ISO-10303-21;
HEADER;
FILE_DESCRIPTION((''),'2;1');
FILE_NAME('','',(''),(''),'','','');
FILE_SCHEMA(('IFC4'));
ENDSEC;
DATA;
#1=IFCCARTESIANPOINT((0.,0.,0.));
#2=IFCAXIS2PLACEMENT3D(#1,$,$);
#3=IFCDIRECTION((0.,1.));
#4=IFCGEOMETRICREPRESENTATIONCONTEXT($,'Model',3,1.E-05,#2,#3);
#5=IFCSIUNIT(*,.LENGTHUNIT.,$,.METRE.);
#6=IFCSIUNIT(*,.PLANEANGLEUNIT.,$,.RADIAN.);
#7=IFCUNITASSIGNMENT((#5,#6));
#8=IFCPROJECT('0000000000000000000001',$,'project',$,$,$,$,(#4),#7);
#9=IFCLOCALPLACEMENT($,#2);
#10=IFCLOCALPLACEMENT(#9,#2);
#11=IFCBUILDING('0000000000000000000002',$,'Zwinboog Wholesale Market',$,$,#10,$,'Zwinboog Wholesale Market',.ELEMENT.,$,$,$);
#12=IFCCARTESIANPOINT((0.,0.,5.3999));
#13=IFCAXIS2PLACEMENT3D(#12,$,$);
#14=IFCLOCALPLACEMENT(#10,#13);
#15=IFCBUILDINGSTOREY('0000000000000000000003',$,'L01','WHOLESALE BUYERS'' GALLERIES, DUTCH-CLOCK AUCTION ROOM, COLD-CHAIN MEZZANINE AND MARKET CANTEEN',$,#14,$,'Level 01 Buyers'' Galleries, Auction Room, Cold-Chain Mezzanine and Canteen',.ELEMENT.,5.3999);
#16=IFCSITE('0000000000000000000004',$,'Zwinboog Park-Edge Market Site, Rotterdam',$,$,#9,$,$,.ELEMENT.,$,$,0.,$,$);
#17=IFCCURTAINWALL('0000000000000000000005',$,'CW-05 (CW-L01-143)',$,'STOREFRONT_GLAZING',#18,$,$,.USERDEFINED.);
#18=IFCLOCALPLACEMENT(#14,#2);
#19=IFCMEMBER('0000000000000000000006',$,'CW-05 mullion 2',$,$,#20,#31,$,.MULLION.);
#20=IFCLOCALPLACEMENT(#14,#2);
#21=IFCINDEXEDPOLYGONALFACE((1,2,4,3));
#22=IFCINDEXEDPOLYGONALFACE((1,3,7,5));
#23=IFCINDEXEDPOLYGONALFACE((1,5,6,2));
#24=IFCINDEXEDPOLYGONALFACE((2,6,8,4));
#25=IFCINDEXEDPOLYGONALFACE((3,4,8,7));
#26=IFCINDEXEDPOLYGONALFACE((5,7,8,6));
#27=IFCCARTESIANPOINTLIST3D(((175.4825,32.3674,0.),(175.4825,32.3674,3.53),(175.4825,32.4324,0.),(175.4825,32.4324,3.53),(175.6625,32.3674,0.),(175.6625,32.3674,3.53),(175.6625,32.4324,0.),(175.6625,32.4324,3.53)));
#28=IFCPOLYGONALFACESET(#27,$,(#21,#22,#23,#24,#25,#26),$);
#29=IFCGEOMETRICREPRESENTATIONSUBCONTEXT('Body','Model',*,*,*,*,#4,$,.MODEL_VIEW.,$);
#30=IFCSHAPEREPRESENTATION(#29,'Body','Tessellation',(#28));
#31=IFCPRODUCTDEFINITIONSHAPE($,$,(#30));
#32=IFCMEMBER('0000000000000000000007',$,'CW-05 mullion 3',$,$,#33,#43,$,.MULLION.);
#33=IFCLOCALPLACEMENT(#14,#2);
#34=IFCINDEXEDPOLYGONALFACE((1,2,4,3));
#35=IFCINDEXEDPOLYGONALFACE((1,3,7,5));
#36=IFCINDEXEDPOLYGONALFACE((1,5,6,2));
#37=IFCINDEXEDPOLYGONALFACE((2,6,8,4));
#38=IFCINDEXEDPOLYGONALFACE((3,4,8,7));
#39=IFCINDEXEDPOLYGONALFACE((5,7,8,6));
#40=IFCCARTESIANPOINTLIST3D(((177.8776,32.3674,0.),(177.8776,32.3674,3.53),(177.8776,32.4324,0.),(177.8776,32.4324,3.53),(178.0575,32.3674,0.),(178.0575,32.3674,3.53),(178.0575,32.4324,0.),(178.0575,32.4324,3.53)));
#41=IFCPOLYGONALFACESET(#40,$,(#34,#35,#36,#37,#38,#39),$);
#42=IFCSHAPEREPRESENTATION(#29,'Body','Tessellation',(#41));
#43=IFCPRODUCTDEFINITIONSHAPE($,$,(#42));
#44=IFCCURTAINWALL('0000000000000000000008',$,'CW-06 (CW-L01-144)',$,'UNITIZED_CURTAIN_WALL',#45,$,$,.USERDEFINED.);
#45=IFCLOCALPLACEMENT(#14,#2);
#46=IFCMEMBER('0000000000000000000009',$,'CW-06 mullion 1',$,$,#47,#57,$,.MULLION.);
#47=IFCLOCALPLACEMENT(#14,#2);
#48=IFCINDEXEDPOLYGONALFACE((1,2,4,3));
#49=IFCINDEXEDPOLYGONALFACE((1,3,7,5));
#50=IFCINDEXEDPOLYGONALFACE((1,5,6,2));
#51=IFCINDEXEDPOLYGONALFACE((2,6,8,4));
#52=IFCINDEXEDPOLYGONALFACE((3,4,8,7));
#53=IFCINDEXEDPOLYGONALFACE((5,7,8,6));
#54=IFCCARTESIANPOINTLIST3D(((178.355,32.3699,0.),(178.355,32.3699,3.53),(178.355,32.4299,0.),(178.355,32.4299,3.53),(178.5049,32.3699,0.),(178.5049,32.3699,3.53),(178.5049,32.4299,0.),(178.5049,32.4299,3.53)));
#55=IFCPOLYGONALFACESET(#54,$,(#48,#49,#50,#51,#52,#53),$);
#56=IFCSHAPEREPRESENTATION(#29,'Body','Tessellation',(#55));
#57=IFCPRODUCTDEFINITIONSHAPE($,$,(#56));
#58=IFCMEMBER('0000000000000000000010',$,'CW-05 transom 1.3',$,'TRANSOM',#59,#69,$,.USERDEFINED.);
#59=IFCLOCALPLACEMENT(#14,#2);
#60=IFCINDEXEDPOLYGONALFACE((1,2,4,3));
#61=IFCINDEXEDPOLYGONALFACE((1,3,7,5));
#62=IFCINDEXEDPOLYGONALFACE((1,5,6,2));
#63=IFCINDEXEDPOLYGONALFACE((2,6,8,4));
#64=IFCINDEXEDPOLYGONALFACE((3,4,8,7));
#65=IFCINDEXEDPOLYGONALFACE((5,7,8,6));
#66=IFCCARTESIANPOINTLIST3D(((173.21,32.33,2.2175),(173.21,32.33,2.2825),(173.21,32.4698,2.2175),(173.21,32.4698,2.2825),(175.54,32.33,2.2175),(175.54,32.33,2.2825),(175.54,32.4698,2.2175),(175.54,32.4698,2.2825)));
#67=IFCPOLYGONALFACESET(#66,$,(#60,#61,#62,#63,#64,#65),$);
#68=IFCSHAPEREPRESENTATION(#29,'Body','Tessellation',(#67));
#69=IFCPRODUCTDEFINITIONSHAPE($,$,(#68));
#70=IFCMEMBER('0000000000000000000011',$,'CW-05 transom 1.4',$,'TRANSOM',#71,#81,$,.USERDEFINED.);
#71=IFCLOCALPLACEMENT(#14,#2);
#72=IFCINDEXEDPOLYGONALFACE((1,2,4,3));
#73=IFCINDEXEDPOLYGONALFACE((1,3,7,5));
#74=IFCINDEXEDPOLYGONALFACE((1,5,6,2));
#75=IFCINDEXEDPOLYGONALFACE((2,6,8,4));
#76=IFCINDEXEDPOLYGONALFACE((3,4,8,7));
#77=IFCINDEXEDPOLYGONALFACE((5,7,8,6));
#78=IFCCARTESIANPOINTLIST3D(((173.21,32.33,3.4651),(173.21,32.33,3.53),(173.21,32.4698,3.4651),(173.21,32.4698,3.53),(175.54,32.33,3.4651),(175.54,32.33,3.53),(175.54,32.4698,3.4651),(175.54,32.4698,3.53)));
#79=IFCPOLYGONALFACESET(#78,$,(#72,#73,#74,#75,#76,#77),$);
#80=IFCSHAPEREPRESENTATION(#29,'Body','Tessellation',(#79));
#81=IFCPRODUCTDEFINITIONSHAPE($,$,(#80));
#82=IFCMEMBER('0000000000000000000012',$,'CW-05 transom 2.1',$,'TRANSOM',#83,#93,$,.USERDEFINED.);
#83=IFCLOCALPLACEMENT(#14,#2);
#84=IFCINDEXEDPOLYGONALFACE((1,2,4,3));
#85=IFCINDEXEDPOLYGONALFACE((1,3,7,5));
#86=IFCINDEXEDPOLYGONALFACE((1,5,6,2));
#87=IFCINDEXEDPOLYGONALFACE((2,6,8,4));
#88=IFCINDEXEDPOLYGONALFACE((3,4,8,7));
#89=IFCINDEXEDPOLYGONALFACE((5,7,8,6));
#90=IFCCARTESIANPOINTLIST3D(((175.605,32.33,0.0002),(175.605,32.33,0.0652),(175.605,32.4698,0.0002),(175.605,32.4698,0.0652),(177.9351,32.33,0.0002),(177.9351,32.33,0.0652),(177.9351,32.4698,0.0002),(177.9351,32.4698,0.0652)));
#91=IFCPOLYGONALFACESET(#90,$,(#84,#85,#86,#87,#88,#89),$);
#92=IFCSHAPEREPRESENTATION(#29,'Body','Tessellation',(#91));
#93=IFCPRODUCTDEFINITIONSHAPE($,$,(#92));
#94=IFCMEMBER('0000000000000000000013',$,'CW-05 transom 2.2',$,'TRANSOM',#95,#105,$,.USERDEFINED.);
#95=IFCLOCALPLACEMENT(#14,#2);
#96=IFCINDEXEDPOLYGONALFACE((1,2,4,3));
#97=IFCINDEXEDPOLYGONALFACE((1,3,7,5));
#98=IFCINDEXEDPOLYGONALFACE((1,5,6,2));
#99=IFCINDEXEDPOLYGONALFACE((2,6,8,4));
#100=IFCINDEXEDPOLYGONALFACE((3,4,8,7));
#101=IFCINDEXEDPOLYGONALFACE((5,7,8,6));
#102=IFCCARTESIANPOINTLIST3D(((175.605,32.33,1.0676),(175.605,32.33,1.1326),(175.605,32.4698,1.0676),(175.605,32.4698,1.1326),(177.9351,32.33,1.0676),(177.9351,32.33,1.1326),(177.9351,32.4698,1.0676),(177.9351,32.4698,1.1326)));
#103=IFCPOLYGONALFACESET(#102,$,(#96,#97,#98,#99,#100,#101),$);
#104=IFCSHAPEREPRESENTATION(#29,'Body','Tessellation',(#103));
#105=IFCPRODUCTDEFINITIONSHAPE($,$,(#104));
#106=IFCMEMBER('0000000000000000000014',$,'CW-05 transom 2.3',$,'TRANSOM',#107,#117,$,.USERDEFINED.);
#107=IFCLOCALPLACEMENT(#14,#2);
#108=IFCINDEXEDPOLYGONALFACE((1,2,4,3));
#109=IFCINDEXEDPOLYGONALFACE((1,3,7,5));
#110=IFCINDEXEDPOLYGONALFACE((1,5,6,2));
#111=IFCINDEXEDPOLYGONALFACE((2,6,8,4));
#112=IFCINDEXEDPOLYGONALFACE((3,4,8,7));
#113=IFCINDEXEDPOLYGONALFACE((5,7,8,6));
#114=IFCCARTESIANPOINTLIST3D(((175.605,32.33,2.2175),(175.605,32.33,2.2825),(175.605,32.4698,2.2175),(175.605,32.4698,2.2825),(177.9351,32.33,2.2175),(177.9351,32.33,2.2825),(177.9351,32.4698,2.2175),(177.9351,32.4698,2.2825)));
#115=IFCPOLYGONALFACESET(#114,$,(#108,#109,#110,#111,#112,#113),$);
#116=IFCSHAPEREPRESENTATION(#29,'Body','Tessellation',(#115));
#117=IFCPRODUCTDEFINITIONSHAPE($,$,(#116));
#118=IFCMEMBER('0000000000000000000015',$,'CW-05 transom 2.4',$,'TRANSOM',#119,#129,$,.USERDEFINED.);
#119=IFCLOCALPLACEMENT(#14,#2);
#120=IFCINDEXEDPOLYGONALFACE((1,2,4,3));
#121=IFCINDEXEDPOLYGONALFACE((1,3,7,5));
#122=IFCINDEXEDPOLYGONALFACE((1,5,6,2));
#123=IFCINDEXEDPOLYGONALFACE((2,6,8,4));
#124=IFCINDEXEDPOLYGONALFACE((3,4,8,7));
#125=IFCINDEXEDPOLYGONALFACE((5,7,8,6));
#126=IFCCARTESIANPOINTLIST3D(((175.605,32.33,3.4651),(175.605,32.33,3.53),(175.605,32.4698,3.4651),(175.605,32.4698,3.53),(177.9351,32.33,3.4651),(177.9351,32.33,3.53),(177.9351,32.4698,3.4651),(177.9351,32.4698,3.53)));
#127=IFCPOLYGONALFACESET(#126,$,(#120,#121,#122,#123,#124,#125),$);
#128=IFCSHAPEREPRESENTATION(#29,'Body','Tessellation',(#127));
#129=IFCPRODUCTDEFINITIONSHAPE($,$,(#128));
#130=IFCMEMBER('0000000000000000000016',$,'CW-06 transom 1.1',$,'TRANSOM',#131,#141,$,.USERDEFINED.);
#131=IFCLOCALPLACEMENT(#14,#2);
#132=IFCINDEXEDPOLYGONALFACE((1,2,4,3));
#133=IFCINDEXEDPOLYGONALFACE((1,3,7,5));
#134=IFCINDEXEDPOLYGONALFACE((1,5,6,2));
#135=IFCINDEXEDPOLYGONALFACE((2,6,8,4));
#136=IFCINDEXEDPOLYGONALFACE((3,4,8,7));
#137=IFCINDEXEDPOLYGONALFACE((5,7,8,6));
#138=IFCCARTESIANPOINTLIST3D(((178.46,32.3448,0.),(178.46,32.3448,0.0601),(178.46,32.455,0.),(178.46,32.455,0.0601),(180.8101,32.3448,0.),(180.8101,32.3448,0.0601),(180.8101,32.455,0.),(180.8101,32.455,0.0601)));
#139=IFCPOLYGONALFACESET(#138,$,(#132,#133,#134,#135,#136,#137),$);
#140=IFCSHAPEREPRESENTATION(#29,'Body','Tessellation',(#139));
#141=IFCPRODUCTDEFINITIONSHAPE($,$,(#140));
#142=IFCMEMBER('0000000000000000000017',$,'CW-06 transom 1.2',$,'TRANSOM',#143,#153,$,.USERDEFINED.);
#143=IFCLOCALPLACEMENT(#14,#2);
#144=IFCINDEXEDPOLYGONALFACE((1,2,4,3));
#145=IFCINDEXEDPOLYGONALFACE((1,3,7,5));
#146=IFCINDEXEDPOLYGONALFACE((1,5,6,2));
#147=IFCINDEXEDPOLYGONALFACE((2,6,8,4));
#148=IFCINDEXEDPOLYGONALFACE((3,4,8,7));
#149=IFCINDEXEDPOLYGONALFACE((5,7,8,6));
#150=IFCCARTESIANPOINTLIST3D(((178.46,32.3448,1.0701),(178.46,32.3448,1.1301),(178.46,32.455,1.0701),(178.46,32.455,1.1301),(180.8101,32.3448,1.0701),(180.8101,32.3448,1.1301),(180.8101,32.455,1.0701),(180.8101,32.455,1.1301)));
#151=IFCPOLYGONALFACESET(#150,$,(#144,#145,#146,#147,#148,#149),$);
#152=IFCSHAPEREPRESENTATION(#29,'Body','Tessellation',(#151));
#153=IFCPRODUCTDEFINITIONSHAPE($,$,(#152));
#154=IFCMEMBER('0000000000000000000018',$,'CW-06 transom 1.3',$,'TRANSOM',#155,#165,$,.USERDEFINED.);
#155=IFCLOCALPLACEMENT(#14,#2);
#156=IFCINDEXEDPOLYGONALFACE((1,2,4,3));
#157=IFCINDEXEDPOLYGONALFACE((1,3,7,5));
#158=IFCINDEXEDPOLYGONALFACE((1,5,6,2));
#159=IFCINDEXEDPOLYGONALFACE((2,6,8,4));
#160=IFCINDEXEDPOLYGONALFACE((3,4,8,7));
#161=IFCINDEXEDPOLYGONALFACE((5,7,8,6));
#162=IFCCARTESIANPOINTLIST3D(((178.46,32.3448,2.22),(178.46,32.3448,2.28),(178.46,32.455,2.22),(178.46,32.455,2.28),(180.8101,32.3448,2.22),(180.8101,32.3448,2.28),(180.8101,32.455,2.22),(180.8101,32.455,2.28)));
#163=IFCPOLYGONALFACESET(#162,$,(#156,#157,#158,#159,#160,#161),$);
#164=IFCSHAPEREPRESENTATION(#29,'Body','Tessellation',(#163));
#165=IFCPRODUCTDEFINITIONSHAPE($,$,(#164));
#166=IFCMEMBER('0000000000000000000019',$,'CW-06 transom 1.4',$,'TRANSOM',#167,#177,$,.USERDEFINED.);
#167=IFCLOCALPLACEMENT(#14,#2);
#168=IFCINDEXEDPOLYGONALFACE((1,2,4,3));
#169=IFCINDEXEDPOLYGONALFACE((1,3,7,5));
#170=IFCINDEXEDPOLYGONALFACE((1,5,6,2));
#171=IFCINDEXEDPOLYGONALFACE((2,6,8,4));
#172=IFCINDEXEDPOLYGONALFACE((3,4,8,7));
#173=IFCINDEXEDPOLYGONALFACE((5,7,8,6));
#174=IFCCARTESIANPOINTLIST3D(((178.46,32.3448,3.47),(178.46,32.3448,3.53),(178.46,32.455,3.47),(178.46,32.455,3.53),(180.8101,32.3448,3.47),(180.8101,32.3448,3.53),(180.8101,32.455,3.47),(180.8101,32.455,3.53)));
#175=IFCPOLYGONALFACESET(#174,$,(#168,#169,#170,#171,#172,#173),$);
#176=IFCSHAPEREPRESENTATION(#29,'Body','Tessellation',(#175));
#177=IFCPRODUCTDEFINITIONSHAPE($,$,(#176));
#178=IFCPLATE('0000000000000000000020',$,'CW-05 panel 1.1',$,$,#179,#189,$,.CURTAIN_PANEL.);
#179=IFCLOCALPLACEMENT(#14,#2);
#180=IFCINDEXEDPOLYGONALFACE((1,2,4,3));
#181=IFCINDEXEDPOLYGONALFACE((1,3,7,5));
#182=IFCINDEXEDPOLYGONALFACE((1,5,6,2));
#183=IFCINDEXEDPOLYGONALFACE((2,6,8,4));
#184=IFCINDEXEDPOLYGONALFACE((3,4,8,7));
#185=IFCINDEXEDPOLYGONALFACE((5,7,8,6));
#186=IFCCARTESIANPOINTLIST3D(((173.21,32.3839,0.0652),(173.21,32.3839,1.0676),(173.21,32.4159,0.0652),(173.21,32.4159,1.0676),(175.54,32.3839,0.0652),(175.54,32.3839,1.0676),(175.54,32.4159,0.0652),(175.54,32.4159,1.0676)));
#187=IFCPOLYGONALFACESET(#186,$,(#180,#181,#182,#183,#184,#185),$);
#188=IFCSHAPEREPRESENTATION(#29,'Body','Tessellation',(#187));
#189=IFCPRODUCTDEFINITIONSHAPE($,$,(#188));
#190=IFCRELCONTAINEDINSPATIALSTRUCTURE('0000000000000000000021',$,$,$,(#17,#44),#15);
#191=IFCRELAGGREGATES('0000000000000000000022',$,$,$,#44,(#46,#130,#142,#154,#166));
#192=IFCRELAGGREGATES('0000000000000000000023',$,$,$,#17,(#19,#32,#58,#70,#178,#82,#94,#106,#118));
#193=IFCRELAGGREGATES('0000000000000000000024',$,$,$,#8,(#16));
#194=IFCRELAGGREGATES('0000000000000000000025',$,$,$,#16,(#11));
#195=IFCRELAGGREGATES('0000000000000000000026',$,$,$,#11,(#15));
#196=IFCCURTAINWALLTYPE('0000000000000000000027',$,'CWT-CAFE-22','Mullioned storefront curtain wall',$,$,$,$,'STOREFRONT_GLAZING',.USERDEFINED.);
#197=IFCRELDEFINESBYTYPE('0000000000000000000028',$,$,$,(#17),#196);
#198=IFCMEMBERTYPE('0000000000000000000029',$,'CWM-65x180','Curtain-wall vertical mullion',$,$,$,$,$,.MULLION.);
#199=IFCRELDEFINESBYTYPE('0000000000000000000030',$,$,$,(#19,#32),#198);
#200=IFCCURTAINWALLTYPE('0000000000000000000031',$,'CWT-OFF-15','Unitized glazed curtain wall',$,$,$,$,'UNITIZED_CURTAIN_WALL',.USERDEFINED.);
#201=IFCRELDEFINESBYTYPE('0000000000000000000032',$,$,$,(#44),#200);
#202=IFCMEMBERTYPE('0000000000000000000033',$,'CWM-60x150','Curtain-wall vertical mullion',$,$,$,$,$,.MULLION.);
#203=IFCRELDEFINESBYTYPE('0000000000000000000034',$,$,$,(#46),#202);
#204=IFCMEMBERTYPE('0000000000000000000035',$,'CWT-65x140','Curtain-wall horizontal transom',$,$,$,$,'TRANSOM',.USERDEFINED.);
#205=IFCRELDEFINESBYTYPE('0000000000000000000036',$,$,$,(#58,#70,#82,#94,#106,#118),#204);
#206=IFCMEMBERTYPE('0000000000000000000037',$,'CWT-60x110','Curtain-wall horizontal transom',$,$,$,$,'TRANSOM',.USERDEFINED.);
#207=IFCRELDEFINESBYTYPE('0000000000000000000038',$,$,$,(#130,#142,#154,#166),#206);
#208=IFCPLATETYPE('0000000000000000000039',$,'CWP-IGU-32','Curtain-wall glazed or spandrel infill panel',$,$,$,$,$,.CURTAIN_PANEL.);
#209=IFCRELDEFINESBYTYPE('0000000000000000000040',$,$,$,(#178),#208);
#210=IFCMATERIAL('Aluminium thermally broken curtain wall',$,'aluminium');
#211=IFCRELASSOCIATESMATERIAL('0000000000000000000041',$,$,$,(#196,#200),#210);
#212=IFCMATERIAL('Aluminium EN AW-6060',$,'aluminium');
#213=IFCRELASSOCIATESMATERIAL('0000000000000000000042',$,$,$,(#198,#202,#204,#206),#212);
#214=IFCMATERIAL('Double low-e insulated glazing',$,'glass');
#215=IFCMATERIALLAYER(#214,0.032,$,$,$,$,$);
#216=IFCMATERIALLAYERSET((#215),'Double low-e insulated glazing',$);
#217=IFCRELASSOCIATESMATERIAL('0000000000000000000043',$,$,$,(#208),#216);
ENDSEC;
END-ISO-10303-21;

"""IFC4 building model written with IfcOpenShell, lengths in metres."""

from ifc_helpers import new_model, si_unit, direction, frame, origin, origin_2d, place, context, subcontext, project, spatial, rectangle, extrude, material, layer, layer_set, material_profile, profile_set, type_object, element, aggregate, save


model = new_model("IFC4")

# Units and contexts
model_context = context("Model", 3, precision=1e-05, world=origin(), true_north=direction((0.0, 1.0)))
body_context = subcontext(model_context, "Body", "Model", "MODEL_VIEW")
ifc_project = project(units=[si_unit("LENGTHUNIT", "METRE"), si_unit("PLANEANGLEUNIT", "RADIAN")], contexts=[model_context])

# Site, building, storey
site_placement = place(None, origin())
site = spatial("IfcSite", under=ifc_project, at=site_placement, Name="Zwinboog Park-Edge Market Site, Rotterdam", CompositionType="ELEMENT", RefElevation=0.0)
building_placement = place(site_placement, origin())
building = spatial("IfcBuilding", under=site, at=building_placement, Name="Zwinboog Wholesale Market", LongName="Zwinboog Wholesale Market", CompositionType="ELEMENT")
storey_placement = place(building_placement, frame((0.0, 0.0, 5.3999)))
storey = spatial("IfcBuildingStorey", under=building, at=storey_placement, Name="L01", Description="WHOLESALE BUYERS' GALLERIES, DUTCH-CLOCK AUCTION ROOM, COLD-CHAIN MEZZANINE AND MARKET CANTEEN", LongName="Level 01 Buyers' Galleries, Auction Room, Cold-Chain Mezzanine and Canteen", CompositionType="ELEMENT", Elevation=5.3999)

# Curtain wall, members
ifc_material_1 = material(Name="Aluminium thermally broken curtain wall", Category="aluminium")
curtain_wall_type_1 = type_object("IfcCurtainWallType", Name="CWT-CAFE-22", Description="Mullioned storefront curtain wall", ElementType="STOREFRONT_GLAZING", PredefinedType="USERDEFINED", material=ifc_material_1)
curtain_wall_1_placement = place(storey_placement, origin())
curtain_wall_1 = element("IfcCurtainWall", 1, at=curtain_wall_1_placement, inside=storey, type_object=curtain_wall_type_1, Name="CW-05 (CW-L01-143)", ObjectType="STOREFRONT_GLAZING", PredefinedType="USERDEFINED")
ifc_material_2 = material(Name="Aluminium EN AW-6060", Category="aluminium")
ifc_material_profile_1 = material_profile(ifc_material_2, rectangle(XDim=0.0649, YDim=0.1799, at=origin_2d()), Name="AL 65x180")
ifc_profile_set_1 = profile_set([ifc_material_profile_1], Name="Aluminium EN AW-6060")
member_type_1 = type_object("IfcMemberType", Name="CWM-65x180", Description="Curtain-wall vertical mullion", PredefinedType="MULLION", material=ifc_profile_set_1)
member_1_placement = place(storey_placement, frame((175.5725, 32.3999, 0.0), z_axis=(0.0, 0.0, 1.0), x_axis=(0.0, 1.0, 0.0)))
member_1 = element("IfcMember", 2, at=member_1_placement, type_object=member_type_1, Name="CW-05 mullion 2", PredefinedType="MULLION", context=body_context, shape_type="SweptSolid", body=[
    extrude(rectangle(XDim=0.0649, YDim=0.1799, at=origin_2d()), origin(), (0.0, 0.0, 1.0), 3.53),
])
member_2_placement = place(storey_placement, frame((177.9675, 32.3999, 0.0), z_axis=(0.0, 0.0, 1.0), x_axis=(0.0, 1.0, 0.0)))
member_2 = element("IfcMember", 3, at=member_2_placement, type_object=member_type_1, Name="CW-05 mullion 3", PredefinedType="MULLION", context=body_context, shape_type="SweptSolid", body=[
    extrude(rectangle(XDim=0.0649, YDim=0.1799, at=origin_2d()), origin(), (0.0, 0.0, 1.0), 3.53),
])

# Curtain wall, member
curtain_wall_type_2 = type_object("IfcCurtainWallType", Name="CWT-OFF-15", Description="Unitized glazed curtain wall", ElementType="UNITIZED_CURTAIN_WALL", PredefinedType="USERDEFINED", material=ifc_material_1)
curtain_wall_2_placement = place(storey_placement, origin())
curtain_wall_2 = element("IfcCurtainWall", 4, at=curtain_wall_2_placement, inside=storey, type_object=curtain_wall_type_2, Name="CW-06 (CW-L01-144)", ObjectType="UNITIZED_CURTAIN_WALL", PredefinedType="USERDEFINED")
ifc_material_profile_2 = material_profile(ifc_material_2, rectangle(XDim=0.0601, YDim=0.1499, at=origin_2d()), Name="AL 60x150")
ifc_profile_set_2 = profile_set([ifc_material_profile_2], Name="Aluminium EN AW-6060")
member_type_2 = type_object("IfcMemberType", Name="CWM-60x150", Description="Curtain-wall vertical mullion", PredefinedType="MULLION", material=ifc_profile_set_2)
member_3_placement = place(storey_placement, frame((178.4299, 32.3999, 0.0), z_axis=(0.0, 0.0, 1.0), x_axis=(0.0, 1.0, 0.0)))
member_3 = element("IfcMember", 5, at=member_3_placement, type_object=member_type_2, Name="CW-06 mullion 1", PredefinedType="MULLION", context=body_context, shape_type="SweptSolid", body=[
    extrude(rectangle(XDim=0.0601, YDim=0.1499, at=origin_2d()), origin(), (0.0, 0.0, 1.0), 3.53),
])

# Members
ifc_material_profile_3 = material_profile(ifc_material_2, rectangle(XDim=0.1399, YDim=0.0649, at=origin_2d()), Name="AL 65x140")
ifc_profile_set_3 = profile_set([ifc_material_profile_3], Name="Aluminium EN AW-6060")
member_type_3 = type_object("IfcMemberType", Name="CWT-65x140", Description="Curtain-wall horizontal transom", ElementType="TRANSOM", PredefinedType="USERDEFINED", material=ifc_profile_set_3)
member_4_placement = place(storey_placement, frame((173.21, 32.3999, 2.25), z_axis=(1.0, 0.0, 0.0), x_axis=(0.0, 1.0, 0.0)))
member_4 = element("IfcMember", 6, at=member_4_placement, type_object=member_type_3, Name="CW-05 transom 1.3", ObjectType="TRANSOM", PredefinedType="USERDEFINED", context=body_context, shape_type="SweptSolid", body=[
    extrude(rectangle(XDim=0.1399, YDim=0.0649, at=origin_2d()), origin(), (0.0, 0.0, 1.0), 2.3301),
])
member_5_placement = place(storey_placement, frame((173.21, 32.3999, 3.4976), z_axis=(1.0, 0.0, 0.0), x_axis=(0.0, 1.0, 0.0)))
member_5 = element("IfcMember", 7, at=member_5_placement, type_object=member_type_3, Name="CW-05 transom 1.4", ObjectType="TRANSOM", PredefinedType="USERDEFINED", context=body_context, shape_type="SweptSolid", body=[
    extrude(rectangle(XDim=0.1399, YDim=0.0649, at=origin_2d()), origin(), (0.0, 0.0, 1.0), 2.3301),
])
member_6_placement = place(storey_placement, frame((175.605, 32.3999, 0.0327), z_axis=(1.0, 0.0, 0.0), x_axis=(0.0, 1.0, 0.0)))
member_6 = element("IfcMember", 8, at=member_6_placement, type_object=member_type_3, Name="CW-05 transom 2.1", ObjectType="TRANSOM", PredefinedType="USERDEFINED", context=body_context, shape_type="SweptSolid", body=[
    extrude(rectangle(XDim=0.1399, YDim=0.0649, at=origin_2d()), origin(), (0.0, 0.0, 1.0), 2.3301),
])
member_7_placement = place(storey_placement, frame((175.605, 32.3999, 1.1001), z_axis=(1.0, 0.0, 0.0), x_axis=(0.0, 1.0, 0.0)))
member_7 = element("IfcMember", 9, at=member_7_placement, type_object=member_type_3, Name="CW-05 transom 2.2", ObjectType="TRANSOM", PredefinedType="USERDEFINED", context=body_context, shape_type="SweptSolid", body=[
    extrude(rectangle(XDim=0.1399, YDim=0.0649, at=origin_2d()), origin(), (0.0, 0.0, 1.0), 2.3301),
])
member_8_placement = place(storey_placement, frame((175.605, 32.3999, 2.25), z_axis=(1.0, 0.0, 0.0), x_axis=(0.0, 1.0, 0.0)))
member_8 = element("IfcMember", 10, at=member_8_placement, type_object=member_type_3, Name="CW-05 transom 2.3", ObjectType="TRANSOM", PredefinedType="USERDEFINED", context=body_context, shape_type="SweptSolid", body=[
    extrude(rectangle(XDim=0.1399, YDim=0.0649, at=origin_2d()), origin(), (0.0, 0.0, 1.0), 2.3301),
])
member_9_placement = place(storey_placement, frame((175.605, 32.3999, 3.4976), z_axis=(1.0, 0.0, 0.0), x_axis=(0.0, 1.0, 0.0)))
member_9 = element("IfcMember", 11, at=member_9_placement, type_object=member_type_3, Name="CW-05 transom 2.4", ObjectType="TRANSOM", PredefinedType="USERDEFINED", context=body_context, shape_type="SweptSolid", body=[
    extrude(rectangle(XDim=0.1399, YDim=0.0649, at=origin_2d()), origin(), (0.0, 0.0, 1.0), 2.3301),
])
ifc_material_profile_4 = material_profile(ifc_material_2, rectangle(XDim=0.1101, YDim=0.0601, at=origin_2d()), Name="AL 60x110")
ifc_profile_set_4 = profile_set([ifc_material_profile_4], Name="Aluminium EN AW-6060")
member_type_4 = type_object("IfcMemberType", Name="CWT-60x110", Description="Curtain-wall horizontal transom", ElementType="TRANSOM", PredefinedType="USERDEFINED", material=ifc_profile_set_4)
member_10_placement = place(storey_placement, frame((178.46, 32.3999, 0.03), z_axis=(1.0, 0.0, 0.0), x_axis=(0.0, 1.0, 0.0)))
member_10 = element("IfcMember", 12, at=member_10_placement, type_object=member_type_4, Name="CW-06 transom 1.1", ObjectType="TRANSOM", PredefinedType="USERDEFINED", context=body_context, shape_type="SweptSolid", body=[
    extrude(rectangle(XDim=0.1101, YDim=0.0601, at=origin_2d()), origin(), (0.0, 0.0, 1.0), 2.3501),
])
member_11_placement = place(storey_placement, frame((178.46, 32.3999, 1.1001), z_axis=(1.0, 0.0, 0.0), x_axis=(0.0, 1.0, 0.0)))
member_11 = element("IfcMember", 13, at=member_11_placement, type_object=member_type_4, Name="CW-06 transom 1.2", ObjectType="TRANSOM", PredefinedType="USERDEFINED", context=body_context, shape_type="SweptSolid", body=[
    extrude(rectangle(XDim=0.1101, YDim=0.0601, at=origin_2d()), origin(), (0.0, 0.0, 1.0), 2.3501),
])
member_12_placement = place(storey_placement, frame((178.46, 32.3999, 2.25), z_axis=(1.0, 0.0, 0.0), x_axis=(0.0, 1.0, 0.0)))
member_12 = element("IfcMember", 14, at=member_12_placement, type_object=member_type_4, Name="CW-06 transom 1.3", ObjectType="TRANSOM", PredefinedType="USERDEFINED", context=body_context, shape_type="SweptSolid", body=[
    extrude(rectangle(XDim=0.1101, YDim=0.0601, at=origin_2d()), origin(), (0.0, 0.0, 1.0), 2.3501),
])
member_13_placement = place(storey_placement, frame((178.46, 32.3999, 3.5), z_axis=(1.0, 0.0, 0.0), x_axis=(0.0, 1.0, 0.0)))
member_13 = element("IfcMember", 15, at=member_13_placement, type_object=member_type_4, Name="CW-06 transom 1.4", ObjectType="TRANSOM", PredefinedType="USERDEFINED", context=body_context, shape_type="SweptSolid", body=[
    extrude(rectangle(XDim=0.1101, YDim=0.0601, at=origin_2d()), origin(), (0.0, 0.0, 1.0), 2.3501),
])
aggregate(curtain_wall_2, [member_3, member_10, member_11, member_12, member_13])

# Plate
ifc_material_3 = material(Name="Double low-e insulated glazing", Category="glass")
ifc_layer_1 = layer(ifc_material_3, 0.032)
ifc_layer_set_1 = layer_set([ifc_layer_1], Name="Double low-e insulated glazing")
plate_type = type_object("IfcPlateType", Name="CWP-IGU-32", Description="Curtain-wall glazed or spandrel infill panel", PredefinedType="CURTAIN_PANEL", material=ifc_layer_set_1)
plate_1_placement = place(storey_placement, frame((174.375, 32.3999, 0.0652), z_axis=(0.0, 0.0, 1.0), x_axis=(1.0, 0.0, 0.0)))
plate_1 = element("IfcPlate", 16, at=plate_1_placement, type_object=plate_type, Name="CW-05 panel 1.1", PredefinedType="CURTAIN_PANEL", context=body_context, shape_type="SweptSolid", body=[
    extrude(rectangle(XDim=2.3301, YDim=0.032, at=origin_2d()), origin(), (0.0, 0.0, 1.0), 1.0024),
])
aggregate(curtain_wall_1, [member_1, member_2, member_4, member_5, plate_1, member_6, member_7, member_8, member_9])

save(model, "model.ifc")
